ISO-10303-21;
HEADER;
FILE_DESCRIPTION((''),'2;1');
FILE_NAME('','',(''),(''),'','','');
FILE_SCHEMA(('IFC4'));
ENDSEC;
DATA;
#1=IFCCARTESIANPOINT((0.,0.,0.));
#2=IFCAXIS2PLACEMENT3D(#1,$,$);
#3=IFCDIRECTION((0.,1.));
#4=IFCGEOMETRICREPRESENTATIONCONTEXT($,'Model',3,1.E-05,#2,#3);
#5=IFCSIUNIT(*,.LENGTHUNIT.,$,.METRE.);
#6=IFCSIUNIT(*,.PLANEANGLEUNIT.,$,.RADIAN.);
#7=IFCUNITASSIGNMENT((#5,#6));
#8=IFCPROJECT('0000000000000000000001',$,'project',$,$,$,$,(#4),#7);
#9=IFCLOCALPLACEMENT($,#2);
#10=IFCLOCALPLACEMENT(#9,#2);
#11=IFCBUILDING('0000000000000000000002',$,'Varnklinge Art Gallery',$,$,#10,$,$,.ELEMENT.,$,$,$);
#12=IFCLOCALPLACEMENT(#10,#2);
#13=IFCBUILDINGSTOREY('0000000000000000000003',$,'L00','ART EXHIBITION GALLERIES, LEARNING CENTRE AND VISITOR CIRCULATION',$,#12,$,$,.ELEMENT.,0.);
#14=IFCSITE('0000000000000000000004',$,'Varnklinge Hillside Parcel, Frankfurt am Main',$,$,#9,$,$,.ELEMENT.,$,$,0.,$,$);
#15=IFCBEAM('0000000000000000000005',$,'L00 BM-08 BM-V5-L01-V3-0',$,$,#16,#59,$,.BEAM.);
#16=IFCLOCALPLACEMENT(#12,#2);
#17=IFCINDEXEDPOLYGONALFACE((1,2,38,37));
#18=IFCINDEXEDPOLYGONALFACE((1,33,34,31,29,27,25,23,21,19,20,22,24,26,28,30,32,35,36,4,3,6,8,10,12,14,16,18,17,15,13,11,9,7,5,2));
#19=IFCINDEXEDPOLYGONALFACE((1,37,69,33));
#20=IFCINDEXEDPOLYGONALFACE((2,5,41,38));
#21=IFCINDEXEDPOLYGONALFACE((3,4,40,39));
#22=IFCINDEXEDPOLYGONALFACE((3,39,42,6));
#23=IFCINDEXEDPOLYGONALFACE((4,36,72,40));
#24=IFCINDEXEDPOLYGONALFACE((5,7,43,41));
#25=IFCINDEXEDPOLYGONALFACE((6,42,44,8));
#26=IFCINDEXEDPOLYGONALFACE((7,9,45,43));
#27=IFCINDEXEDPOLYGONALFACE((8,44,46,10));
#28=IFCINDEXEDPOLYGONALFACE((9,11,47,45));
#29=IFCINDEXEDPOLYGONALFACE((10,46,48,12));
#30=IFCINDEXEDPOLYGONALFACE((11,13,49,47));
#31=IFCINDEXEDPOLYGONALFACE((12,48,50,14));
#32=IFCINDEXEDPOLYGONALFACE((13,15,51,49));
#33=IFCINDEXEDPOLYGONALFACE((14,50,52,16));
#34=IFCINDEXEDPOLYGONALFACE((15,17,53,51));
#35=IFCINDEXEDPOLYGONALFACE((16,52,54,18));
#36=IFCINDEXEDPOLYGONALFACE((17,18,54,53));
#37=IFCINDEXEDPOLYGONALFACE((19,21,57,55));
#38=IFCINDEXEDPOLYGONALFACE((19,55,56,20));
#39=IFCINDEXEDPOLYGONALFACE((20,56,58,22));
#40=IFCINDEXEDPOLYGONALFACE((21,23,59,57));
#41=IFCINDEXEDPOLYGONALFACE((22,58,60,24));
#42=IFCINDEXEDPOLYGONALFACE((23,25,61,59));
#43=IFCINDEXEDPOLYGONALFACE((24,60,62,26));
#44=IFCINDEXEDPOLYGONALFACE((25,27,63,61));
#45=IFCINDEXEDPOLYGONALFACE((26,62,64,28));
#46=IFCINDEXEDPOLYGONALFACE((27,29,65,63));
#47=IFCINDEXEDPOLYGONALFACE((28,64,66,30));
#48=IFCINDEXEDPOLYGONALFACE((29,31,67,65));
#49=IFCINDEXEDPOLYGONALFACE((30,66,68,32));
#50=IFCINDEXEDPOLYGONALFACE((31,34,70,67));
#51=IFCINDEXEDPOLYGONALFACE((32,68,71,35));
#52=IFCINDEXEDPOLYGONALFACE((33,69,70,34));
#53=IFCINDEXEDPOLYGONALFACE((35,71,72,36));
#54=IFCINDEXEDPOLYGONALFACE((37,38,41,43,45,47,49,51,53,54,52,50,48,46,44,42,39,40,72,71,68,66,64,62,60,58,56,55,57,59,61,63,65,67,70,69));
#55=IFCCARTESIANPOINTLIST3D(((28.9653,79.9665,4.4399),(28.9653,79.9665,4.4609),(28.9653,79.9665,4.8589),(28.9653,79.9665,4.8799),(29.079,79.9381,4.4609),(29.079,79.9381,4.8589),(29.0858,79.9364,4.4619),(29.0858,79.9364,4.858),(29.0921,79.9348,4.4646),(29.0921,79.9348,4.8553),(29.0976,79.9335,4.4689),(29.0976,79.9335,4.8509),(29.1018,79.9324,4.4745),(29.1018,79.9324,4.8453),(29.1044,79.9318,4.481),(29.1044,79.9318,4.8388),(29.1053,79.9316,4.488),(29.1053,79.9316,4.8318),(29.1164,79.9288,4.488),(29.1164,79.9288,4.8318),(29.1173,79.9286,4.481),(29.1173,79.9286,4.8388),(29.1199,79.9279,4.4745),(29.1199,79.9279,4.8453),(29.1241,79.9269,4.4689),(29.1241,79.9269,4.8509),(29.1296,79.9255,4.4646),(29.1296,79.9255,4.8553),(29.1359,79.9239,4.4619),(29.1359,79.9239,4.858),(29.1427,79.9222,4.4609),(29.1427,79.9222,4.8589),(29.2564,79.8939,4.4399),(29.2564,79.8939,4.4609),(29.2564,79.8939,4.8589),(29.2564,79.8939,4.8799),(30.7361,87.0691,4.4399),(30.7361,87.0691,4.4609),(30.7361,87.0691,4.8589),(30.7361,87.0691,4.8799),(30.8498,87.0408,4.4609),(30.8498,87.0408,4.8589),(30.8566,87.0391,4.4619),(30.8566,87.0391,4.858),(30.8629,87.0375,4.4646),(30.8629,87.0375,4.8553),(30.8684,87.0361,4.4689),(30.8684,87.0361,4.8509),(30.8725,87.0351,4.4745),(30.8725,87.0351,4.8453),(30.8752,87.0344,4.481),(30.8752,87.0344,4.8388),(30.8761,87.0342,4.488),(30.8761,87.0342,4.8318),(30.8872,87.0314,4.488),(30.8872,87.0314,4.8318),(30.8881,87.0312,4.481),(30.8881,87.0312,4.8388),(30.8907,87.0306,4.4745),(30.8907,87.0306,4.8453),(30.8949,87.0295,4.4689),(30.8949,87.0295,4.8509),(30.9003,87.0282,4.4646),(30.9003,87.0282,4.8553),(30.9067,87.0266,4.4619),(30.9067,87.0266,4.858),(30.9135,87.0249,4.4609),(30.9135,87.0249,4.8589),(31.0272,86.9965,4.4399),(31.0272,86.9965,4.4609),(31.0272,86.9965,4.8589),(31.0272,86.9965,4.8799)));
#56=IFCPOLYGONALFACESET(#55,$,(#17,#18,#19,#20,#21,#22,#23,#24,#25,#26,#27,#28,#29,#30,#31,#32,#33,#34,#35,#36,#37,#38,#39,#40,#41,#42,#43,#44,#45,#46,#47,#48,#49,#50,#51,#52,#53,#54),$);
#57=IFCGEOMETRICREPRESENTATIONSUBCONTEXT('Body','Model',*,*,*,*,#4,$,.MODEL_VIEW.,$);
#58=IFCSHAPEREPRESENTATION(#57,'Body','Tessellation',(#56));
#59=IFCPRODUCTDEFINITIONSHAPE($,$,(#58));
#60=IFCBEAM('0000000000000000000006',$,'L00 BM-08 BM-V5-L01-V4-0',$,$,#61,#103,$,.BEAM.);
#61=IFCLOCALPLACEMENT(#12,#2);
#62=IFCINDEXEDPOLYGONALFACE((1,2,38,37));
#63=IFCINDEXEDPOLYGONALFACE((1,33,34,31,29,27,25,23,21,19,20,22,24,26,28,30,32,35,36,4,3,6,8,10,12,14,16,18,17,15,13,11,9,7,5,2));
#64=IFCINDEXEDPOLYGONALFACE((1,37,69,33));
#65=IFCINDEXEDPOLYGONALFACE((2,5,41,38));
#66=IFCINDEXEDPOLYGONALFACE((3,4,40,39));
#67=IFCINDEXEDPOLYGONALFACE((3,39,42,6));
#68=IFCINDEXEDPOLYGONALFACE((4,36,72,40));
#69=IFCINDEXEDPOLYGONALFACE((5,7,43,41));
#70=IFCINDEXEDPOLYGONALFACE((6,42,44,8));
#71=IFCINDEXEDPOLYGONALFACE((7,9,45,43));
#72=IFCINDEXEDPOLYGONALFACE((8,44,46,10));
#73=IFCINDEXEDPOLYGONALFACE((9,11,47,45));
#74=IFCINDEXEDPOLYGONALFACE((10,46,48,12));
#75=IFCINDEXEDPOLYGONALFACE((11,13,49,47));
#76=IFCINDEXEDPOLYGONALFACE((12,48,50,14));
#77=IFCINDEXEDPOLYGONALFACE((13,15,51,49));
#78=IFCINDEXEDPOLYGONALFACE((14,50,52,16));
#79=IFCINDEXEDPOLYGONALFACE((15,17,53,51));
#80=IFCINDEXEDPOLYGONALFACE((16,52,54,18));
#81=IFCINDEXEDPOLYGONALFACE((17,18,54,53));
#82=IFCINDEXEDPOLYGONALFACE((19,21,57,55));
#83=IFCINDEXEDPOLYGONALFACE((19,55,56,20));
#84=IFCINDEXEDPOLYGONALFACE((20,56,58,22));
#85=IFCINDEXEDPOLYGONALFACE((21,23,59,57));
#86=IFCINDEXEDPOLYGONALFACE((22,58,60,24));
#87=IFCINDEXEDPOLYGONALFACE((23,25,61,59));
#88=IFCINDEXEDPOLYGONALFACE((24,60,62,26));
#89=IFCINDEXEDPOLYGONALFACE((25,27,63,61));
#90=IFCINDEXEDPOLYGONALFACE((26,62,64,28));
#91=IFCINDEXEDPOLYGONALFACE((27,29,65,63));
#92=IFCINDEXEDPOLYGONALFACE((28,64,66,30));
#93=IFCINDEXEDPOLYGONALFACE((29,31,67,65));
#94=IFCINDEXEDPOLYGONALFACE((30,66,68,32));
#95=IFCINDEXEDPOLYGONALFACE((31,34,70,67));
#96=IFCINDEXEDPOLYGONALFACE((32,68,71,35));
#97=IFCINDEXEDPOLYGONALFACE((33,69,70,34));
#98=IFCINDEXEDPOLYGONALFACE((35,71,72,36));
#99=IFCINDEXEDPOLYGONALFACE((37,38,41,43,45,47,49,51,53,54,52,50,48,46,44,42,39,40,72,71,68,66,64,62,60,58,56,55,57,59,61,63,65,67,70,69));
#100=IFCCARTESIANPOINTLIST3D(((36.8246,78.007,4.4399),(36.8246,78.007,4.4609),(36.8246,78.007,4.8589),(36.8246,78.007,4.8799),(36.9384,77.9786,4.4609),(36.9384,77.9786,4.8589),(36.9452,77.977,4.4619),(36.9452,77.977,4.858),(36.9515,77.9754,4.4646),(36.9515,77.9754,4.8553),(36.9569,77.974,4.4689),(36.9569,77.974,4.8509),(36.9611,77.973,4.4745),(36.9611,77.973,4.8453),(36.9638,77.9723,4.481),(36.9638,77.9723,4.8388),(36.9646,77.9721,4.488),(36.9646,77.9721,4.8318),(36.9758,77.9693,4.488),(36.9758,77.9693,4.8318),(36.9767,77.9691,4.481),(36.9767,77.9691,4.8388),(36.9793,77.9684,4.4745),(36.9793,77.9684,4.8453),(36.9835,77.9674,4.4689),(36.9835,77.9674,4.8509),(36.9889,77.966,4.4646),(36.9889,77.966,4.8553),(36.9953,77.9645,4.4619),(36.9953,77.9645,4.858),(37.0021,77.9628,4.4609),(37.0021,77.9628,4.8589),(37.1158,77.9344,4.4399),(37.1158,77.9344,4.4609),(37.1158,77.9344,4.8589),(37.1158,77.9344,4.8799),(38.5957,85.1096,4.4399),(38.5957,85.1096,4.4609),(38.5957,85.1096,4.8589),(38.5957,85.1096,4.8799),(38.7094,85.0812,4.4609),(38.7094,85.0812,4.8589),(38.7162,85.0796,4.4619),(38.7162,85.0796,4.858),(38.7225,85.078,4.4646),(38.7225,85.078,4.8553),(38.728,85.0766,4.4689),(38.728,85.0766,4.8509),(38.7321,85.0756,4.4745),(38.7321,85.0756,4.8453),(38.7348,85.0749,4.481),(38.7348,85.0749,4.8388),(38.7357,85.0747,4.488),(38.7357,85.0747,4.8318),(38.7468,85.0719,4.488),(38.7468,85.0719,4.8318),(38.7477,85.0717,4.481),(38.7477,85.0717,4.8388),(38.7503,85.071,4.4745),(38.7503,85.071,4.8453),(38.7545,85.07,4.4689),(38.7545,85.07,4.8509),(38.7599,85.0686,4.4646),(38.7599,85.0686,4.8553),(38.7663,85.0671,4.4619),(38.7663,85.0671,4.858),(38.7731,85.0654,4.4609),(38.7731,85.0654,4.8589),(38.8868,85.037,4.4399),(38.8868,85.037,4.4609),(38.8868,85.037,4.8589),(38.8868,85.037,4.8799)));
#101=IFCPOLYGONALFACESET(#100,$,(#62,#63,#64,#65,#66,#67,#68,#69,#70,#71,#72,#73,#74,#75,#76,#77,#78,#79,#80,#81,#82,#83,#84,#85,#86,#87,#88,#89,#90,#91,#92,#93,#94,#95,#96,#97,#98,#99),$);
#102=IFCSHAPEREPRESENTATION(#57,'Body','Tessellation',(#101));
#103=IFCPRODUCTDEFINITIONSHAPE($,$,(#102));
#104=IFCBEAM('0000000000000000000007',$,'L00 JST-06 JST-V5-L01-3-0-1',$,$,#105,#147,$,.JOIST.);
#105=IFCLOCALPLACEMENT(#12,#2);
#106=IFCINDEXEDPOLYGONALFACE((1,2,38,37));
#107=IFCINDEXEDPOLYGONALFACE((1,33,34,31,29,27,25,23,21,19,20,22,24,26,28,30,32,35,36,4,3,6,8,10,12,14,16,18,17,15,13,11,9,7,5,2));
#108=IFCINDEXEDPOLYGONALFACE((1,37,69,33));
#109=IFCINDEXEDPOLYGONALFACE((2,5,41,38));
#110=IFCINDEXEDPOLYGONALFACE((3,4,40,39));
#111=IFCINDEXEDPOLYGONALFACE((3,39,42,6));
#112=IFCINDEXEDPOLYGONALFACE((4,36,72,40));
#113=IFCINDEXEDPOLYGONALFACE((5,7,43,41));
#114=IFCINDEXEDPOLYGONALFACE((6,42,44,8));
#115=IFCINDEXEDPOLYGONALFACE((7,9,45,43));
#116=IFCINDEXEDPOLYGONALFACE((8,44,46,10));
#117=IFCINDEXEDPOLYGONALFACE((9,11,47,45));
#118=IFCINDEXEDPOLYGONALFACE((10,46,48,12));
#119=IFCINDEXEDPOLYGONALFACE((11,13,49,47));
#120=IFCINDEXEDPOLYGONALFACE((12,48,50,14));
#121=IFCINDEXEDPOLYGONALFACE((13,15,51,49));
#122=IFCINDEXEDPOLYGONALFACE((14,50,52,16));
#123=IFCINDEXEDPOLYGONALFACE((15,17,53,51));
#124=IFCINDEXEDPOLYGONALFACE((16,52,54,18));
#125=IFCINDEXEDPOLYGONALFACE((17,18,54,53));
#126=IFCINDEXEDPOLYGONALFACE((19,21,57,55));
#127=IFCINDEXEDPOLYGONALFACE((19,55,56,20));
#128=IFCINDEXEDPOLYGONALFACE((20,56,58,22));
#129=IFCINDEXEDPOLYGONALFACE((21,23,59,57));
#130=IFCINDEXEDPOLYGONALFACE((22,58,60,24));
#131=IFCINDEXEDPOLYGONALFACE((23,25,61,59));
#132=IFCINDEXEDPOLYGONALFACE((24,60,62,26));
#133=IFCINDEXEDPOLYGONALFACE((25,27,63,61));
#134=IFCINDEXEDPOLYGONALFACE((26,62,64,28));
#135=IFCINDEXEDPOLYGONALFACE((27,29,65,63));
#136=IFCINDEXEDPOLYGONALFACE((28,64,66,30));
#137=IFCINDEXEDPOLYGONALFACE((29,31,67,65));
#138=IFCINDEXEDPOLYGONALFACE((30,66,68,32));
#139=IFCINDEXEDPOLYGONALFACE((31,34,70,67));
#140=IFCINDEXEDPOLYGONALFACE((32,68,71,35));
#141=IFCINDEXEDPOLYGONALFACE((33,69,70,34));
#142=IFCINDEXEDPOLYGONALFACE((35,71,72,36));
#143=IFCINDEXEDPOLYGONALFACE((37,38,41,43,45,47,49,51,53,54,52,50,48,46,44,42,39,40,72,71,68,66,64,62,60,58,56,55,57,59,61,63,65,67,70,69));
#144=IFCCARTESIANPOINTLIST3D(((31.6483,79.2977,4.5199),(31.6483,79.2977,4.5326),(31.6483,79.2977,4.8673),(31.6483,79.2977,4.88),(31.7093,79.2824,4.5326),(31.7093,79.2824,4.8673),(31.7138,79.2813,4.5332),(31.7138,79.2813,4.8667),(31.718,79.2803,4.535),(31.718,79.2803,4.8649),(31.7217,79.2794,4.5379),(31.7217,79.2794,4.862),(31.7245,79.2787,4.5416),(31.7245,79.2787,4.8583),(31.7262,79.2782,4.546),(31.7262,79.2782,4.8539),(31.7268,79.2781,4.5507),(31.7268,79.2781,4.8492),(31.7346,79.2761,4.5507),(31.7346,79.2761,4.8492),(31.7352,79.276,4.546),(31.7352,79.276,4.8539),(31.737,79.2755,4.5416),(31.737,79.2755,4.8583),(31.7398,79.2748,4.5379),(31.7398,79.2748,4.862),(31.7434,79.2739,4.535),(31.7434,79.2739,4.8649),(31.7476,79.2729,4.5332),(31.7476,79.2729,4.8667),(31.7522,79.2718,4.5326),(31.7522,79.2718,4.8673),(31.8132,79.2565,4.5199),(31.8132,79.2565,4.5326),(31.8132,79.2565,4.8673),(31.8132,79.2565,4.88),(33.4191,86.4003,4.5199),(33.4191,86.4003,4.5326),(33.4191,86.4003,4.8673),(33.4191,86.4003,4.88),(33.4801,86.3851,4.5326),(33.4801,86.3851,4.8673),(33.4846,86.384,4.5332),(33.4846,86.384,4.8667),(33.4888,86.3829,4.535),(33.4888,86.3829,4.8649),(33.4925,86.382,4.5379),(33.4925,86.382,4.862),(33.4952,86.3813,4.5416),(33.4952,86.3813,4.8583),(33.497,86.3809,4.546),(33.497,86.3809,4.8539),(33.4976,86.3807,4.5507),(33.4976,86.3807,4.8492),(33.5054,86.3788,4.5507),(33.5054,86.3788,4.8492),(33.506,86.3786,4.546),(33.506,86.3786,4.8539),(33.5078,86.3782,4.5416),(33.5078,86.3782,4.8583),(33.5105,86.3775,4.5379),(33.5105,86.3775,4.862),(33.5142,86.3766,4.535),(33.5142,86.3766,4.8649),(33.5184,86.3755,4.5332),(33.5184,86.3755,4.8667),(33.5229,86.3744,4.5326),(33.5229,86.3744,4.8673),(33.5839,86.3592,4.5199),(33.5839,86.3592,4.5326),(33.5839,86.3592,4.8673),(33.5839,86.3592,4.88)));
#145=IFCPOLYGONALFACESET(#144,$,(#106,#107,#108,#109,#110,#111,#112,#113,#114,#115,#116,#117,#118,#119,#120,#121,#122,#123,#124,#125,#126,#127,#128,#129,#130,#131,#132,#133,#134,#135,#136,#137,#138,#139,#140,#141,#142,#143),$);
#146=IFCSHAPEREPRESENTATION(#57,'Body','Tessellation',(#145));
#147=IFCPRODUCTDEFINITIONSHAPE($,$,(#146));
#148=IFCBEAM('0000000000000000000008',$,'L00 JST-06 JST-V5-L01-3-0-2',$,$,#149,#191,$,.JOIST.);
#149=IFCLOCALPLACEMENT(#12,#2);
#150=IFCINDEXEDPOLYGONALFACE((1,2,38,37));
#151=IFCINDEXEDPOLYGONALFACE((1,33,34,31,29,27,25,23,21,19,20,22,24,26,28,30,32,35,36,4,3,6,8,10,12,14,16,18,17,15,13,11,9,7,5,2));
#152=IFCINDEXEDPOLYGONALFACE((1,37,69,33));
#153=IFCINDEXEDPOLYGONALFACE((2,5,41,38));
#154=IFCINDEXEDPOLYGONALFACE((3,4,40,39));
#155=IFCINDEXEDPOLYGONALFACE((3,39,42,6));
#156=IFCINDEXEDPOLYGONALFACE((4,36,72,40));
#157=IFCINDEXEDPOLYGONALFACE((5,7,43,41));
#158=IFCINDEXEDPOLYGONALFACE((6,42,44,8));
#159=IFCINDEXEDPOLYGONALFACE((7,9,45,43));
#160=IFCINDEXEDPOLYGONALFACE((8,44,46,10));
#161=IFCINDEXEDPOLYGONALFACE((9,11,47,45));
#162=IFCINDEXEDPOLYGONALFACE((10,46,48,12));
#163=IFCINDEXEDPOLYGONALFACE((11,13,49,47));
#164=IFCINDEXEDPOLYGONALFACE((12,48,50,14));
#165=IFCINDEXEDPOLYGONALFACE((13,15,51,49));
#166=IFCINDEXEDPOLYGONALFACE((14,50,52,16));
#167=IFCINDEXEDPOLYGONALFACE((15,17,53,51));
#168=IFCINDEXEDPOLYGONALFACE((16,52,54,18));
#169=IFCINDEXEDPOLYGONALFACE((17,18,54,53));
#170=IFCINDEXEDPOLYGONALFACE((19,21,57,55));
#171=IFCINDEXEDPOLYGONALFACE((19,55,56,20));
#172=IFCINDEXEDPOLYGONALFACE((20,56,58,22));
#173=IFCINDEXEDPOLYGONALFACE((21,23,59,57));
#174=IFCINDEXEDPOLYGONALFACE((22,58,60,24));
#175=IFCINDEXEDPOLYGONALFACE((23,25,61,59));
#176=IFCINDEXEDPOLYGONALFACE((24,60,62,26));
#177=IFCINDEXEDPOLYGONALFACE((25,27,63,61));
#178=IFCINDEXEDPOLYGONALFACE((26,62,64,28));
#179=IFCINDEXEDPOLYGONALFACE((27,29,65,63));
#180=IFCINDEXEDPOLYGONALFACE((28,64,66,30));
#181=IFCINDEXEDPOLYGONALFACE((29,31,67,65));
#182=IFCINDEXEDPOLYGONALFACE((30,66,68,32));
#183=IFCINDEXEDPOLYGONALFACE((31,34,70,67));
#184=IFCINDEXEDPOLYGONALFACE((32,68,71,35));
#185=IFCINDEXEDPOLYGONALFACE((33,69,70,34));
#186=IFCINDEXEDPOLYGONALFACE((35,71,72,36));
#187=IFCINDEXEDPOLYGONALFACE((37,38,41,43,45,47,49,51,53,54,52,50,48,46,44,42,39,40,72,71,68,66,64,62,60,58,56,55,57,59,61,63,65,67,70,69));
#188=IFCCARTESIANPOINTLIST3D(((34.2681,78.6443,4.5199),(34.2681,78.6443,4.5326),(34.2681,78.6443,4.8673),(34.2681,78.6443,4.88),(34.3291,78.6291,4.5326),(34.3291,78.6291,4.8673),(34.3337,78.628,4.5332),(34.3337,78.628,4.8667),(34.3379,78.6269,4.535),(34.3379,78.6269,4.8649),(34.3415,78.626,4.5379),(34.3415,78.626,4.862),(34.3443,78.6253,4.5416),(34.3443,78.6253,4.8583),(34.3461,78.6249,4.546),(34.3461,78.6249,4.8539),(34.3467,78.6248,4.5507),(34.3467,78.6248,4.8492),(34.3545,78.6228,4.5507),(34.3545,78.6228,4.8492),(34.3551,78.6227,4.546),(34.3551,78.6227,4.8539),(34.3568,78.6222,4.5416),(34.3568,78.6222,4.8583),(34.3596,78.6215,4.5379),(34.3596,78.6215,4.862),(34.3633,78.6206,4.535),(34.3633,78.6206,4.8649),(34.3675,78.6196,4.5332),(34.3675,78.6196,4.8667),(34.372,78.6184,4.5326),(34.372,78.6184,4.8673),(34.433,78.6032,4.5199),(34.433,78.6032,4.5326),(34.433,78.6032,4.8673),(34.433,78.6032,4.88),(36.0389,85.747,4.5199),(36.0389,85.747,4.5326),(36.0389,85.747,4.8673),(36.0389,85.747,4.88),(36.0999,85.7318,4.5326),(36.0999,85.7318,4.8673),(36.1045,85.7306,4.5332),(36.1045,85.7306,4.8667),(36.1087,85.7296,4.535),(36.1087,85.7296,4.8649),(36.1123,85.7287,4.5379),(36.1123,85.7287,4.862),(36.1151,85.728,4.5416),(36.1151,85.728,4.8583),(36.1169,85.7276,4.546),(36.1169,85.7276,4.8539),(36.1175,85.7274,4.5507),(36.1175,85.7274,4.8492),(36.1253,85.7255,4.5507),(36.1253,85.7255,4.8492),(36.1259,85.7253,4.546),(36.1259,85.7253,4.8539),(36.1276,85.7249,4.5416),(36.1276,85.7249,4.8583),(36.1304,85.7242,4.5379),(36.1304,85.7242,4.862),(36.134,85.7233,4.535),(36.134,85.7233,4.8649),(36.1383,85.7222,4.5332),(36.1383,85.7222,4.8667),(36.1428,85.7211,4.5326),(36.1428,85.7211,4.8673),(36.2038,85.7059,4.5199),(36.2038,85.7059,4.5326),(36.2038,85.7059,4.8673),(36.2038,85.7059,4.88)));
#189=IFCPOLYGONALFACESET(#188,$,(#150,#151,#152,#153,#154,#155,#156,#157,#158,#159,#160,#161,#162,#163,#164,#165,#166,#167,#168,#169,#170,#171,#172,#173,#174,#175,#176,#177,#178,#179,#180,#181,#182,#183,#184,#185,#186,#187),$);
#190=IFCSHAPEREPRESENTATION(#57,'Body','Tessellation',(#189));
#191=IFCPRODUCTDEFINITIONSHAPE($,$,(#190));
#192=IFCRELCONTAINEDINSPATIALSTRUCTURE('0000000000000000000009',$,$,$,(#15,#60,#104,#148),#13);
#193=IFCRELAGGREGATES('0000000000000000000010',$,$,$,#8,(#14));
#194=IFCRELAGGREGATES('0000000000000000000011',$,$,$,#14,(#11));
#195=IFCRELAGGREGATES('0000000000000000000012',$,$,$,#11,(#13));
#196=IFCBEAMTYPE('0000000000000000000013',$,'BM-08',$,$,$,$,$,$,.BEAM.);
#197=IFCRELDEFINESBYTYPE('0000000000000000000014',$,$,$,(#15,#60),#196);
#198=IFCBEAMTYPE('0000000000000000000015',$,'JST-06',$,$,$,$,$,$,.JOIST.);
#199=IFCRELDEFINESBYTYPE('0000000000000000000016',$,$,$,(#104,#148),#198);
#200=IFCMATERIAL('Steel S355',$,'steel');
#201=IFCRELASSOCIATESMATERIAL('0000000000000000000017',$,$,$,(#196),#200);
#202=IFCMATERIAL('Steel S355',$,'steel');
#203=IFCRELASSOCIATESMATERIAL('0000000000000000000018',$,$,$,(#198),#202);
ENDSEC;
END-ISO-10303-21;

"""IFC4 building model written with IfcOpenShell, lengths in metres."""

from ifc_helpers import new_model, si_unit, direction, frame, origin, origin_2d, place, context, subcontext, project, spatial, i_section, extrude, material, material_profile, profile_set, type_object, element, save


model = new_model("IFC4")

# Units and contexts
model_context = context("Model", 3, precision=1e-05, world=origin(), true_north=direction((0.0, 1.0)))
body_context = subcontext(model_context, "Body", "Model", "MODEL_VIEW")
ifc_project = project(units=[si_unit("LENGTHUNIT", "METRE"), si_unit("PLANEANGLEUNIT", "RADIAN")], contexts=[model_context])

# Site, building, storey
site_placement = place(None, origin())
site = spatial("IfcSite", under=ifc_project, at=site_placement, Name="Varnklinge Hillside Parcel, Frankfurt am Main", CompositionType="ELEMENT", RefElevation=0.0)
building_placement = place(site_placement, origin())
building = spatial("IfcBuilding", under=site, at=building_placement, Name="Varnklinge Art Gallery", CompositionType="ELEMENT")
storey_placement = place(building_placement, origin())
storey = spatial("IfcBuildingStorey", under=building, at=storey_placement, Name="L00", Description="ART EXHIBITION GALLERIES, LEARNING CENTRE AND VISITOR CIRCULATION", CompositionType="ELEMENT", Elevation=0.0)

# Beams
ifc_material_1 = material(Name="Steel S355", Category="steel")
ifc_material_profile_1 = material_profile(ifc_material_1, i_section(OverallWidth=0.3, OverallDepth=0.4399, WebThickness=0.0115, FlangeThickness=0.021, FilletRadius=0.0271, at=origin_2d()), Name="HEA 450")
ifc_profile_set_1 = profile_set([ifc_material_profile_1], Name="Steel S355")
beam_type_1 = type_object("IfcBeamType", Name="BM-08", PredefinedType="BEAM", material=ifc_profile_set_1)
for number, where, z_axis, x_axis, name in (
    (1, (29.1108, 79.9302, 4.6599), (0.241908, 0.970299, 0.0), (-0.970299, 0.241908, 0.0), "L00 BM-08 BM-V5-L01-V3-0"),
    (2, (36.9702, 77.9707, 4.6599), (0.241939, 0.970291, 0.0), (-0.970291, 0.241939, 0.0), "L00 BM-08 BM-V5-L01-V4-0"),
):
    element("IfcBeam", number, at=place(storey_placement, frame(where, z_axis=z_axis, x_axis=x_axis)), inside=storey, type_object=beam_type_1, Name=name, PredefinedType="BEAM", context=body_context, shape_type="SweptSolid", body=[
        extrude(i_section(OverallWidth=0.3, OverallDepth=0.4399, WebThickness=0.0115, FlangeThickness=0.021, FilletRadius=0.0271, at=origin_2d()), origin(), (0.0, 0.0, 1.0), 7.3201),
    ])
ifc_material_2 = material(Name="Steel S355", Category="steel")
ifc_material_profile_2 = material_profile(ifc_material_2, i_section(OverallWidth=0.1699, OverallDepth=0.3601, WebThickness=0.0081, FlangeThickness=0.0127, FilletRadius=0.0181, at=origin_2d()), Name="IPE 360")
ifc_profile_set_2 = profile_set([ifc_material_profile_2], Name="Steel S355")
beam_type_2 = type_object("IfcBeamType", Name="JST-06", PredefinedType="JOIST", material=ifc_profile_set_2)
for number, where, z_axis, x_axis, name in (
    (3, (31.7307, 79.2771, 4.7), (0.241908, 0.970299, 0.0), (-0.970299, 0.241908, 0.0), "L00 JST-06 JST-V5-L01-3-0-1"),
    (4, (34.3506, 78.6238, 4.7), (0.241908, 0.970299, 0.0), (-0.970299, 0.241908, 0.0), "L00 JST-06 JST-V5-L01-3-0-2"),
):
    element("IfcBeam", number, at=place(storey_placement, frame(where, z_axis=z_axis, x_axis=x_axis)), inside=storey, type_object=beam_type_2, Name=name, PredefinedType="JOIST", context=body_context, shape_type="SweptSolid", body=[
        extrude(i_section(OverallWidth=0.1699, OverallDepth=0.3601, WebThickness=0.0081, FlangeThickness=0.0127, FilletRadius=0.0181, at=origin_2d()), origin(), (0.0, 0.0, 1.0), 7.3201),
    ])

save(model, "model.ifc")
